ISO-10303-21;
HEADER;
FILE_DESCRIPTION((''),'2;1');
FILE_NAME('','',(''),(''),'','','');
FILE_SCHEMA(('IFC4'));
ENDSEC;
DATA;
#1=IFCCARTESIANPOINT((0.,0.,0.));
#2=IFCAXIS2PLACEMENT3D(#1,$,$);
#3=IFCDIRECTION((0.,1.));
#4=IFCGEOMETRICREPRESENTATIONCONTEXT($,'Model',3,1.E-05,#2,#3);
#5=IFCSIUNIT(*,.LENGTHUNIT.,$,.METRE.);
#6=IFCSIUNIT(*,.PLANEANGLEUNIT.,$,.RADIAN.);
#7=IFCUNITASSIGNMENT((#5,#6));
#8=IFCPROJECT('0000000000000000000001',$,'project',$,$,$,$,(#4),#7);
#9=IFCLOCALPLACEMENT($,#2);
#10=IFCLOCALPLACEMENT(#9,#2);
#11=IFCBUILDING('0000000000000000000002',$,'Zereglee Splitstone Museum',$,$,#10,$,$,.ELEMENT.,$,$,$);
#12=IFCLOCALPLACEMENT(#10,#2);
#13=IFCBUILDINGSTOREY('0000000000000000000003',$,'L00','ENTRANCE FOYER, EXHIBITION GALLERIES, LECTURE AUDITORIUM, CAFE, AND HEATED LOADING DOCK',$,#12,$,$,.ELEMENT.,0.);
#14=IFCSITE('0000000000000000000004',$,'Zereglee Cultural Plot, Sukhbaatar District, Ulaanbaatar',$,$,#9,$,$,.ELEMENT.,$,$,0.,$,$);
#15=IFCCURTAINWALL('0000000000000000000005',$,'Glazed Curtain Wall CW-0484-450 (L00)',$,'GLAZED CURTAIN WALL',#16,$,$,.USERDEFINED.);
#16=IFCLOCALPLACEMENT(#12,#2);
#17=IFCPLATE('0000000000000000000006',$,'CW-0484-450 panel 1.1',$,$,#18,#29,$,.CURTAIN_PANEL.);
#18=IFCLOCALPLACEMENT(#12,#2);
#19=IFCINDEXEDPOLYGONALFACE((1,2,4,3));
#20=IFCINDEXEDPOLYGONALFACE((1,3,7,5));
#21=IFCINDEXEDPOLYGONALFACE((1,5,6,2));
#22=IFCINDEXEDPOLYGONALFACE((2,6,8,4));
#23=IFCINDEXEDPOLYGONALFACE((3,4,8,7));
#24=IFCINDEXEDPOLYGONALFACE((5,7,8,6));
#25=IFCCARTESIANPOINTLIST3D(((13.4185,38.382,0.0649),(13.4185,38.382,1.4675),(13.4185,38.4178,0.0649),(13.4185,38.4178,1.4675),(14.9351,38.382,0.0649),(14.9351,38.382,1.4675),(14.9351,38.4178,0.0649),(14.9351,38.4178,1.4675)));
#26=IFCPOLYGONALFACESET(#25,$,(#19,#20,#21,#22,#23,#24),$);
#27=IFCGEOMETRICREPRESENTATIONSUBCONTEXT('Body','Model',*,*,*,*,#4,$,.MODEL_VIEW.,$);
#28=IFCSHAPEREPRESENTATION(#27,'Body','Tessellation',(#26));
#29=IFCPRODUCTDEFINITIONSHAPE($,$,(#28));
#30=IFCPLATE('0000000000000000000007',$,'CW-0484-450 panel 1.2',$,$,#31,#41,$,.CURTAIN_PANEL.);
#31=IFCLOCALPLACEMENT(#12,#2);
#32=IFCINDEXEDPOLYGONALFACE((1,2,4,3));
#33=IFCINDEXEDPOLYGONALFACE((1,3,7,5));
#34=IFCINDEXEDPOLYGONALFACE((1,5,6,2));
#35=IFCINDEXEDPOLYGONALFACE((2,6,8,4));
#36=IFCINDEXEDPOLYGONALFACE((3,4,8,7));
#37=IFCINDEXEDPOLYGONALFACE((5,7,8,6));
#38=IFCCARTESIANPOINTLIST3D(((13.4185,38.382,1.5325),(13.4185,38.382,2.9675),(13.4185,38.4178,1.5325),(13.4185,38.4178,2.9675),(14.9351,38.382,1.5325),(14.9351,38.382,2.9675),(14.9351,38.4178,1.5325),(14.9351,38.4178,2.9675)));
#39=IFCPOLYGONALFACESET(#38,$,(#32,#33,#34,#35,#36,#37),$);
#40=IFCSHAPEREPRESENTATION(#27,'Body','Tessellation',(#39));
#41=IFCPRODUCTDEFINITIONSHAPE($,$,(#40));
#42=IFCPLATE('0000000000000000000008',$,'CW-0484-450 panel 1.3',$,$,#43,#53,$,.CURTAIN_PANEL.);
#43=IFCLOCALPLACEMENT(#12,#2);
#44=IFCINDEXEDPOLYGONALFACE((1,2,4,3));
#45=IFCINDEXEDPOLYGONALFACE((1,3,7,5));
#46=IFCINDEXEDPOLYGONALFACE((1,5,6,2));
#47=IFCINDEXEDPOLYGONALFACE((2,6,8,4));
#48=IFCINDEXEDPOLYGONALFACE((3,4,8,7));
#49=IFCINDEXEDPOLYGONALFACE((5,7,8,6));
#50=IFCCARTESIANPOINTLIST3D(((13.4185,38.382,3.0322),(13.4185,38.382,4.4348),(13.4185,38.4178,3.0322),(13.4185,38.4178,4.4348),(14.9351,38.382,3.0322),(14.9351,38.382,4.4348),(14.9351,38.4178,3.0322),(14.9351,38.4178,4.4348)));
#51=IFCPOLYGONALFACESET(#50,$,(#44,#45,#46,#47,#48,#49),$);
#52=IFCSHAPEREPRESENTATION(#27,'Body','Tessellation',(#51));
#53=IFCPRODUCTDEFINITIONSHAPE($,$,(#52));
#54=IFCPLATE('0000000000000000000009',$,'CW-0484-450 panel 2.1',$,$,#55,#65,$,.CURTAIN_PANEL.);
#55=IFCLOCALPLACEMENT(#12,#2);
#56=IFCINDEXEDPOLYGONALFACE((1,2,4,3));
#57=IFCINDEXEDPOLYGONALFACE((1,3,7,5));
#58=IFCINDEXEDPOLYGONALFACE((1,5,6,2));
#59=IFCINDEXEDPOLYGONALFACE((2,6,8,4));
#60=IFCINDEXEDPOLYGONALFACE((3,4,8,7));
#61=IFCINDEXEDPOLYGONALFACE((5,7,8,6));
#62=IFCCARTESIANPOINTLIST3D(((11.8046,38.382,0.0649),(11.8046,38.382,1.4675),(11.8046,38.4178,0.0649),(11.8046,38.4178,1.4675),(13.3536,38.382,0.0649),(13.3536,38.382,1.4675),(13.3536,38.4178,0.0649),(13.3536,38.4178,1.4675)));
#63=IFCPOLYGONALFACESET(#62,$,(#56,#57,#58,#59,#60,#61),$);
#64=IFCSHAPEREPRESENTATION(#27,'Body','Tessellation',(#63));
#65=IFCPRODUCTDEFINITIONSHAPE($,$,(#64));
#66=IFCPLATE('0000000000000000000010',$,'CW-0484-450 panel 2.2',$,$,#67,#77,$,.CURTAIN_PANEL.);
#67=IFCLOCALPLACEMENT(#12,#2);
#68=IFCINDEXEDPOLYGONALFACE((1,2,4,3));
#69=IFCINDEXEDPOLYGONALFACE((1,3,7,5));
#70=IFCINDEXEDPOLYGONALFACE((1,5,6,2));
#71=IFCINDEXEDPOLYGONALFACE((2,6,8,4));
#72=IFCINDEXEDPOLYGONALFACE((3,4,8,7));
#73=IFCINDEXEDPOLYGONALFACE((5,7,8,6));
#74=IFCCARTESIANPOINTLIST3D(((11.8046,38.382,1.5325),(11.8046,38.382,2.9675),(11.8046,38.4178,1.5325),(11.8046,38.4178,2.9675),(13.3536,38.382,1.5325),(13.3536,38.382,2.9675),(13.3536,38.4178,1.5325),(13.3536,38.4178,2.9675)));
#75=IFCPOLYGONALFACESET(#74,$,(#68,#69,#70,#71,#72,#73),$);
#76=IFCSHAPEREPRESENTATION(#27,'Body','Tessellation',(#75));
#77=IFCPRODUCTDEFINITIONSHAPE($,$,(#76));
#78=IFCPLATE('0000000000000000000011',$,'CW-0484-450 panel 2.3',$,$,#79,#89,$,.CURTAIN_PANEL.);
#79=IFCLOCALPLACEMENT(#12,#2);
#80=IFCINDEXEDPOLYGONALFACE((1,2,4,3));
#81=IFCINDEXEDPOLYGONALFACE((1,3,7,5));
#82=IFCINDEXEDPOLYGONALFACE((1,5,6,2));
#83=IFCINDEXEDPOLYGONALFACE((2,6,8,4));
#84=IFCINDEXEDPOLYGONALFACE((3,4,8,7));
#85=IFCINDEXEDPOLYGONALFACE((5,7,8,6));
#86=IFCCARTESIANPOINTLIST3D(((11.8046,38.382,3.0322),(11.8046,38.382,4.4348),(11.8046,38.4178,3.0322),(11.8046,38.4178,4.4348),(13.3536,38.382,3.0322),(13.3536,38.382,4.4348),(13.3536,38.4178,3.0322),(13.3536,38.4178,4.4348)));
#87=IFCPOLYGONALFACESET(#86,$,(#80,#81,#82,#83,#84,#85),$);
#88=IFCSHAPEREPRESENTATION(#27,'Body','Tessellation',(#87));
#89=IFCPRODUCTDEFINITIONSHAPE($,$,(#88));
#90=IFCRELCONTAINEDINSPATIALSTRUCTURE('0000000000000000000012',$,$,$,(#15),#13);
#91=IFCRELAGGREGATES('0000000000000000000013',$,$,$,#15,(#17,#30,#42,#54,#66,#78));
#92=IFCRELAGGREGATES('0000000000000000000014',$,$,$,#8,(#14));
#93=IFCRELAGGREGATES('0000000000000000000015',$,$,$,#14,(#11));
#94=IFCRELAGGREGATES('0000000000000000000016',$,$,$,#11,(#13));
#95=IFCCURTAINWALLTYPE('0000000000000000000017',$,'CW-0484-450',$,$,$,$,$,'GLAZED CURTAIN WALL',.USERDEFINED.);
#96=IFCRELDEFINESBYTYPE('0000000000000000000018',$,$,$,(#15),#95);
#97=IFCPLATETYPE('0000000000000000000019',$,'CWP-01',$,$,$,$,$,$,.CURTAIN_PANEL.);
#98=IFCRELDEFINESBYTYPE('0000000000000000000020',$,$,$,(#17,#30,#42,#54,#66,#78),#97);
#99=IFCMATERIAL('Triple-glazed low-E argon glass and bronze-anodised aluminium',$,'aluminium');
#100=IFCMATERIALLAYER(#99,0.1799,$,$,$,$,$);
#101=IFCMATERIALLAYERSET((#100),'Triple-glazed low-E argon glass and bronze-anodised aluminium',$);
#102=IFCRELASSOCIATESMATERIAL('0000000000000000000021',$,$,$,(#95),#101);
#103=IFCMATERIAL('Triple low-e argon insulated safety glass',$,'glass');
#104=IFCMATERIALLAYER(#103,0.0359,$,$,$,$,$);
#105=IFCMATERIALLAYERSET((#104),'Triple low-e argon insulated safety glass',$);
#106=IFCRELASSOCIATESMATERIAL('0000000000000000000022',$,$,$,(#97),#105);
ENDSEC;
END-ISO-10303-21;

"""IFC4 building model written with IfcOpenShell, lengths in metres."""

from ifc_helpers import new_model, si_unit, direction, frame, origin, origin_2d, place, context, subcontext, project, spatial, rectangle, extrude, material, layer, layer_set, type_object, element, aggregate, save


model = new_model("IFC4")

# Units and contexts
model_context = context("Model", 3, precision=1e-05, world=origin(), true_north=direction((0.0, 1.0)))
body_context = subcontext(model_context, "Body", "Model", "MODEL_VIEW")
ifc_project = project(units=[si_unit("LENGTHUNIT", "METRE"), si_unit("PLANEANGLEUNIT", "RADIAN")], contexts=[model_context])

# Site, building, storey
site_placement = place(None, origin())
site = spatial("IfcSite", under=ifc_project, at=site_placement, Name="Zereglee Cultural Plot, Sukhbaatar District, Ulaanbaatar", CompositionType="ELEMENT", RefElevation=0.0)
building_placement = place(site_placement, origin())
building = spatial("IfcBuilding", under=site, at=building_placement, Name="Zereglee Splitstone Museum", CompositionType="ELEMENT")
storey_placement = place(building_placement, origin())
storey = spatial("IfcBuildingStorey", under=building, at=storey_placement, Name="L00", Description="ENTRANCE FOYER, EXHIBITION GALLERIES, LECTURE AUDITORIUM, CAFE, AND HEATED LOADING DOCK", CompositionType="ELEMENT", Elevation=0.0)

# Curtain wall, plates
ifc_material_1 = material(Name="Triple-glazed low-E argon glass and bronze-anodised aluminium", Category="aluminium")
ifc_layer_1 = layer(ifc_material_1, 0.1799)
ifc_layer_set_1 = layer_set([ifc_layer_1], Name="Triple-glazed low-E argon glass and bronze-anodised aluminium")
curtain_wall_type = type_object("IfcCurtainWallType", Name="CW-0484-450", ElementType="GLAZED CURTAIN WALL", PredefinedType="USERDEFINED", material=ifc_layer_set_1)
curtain_wall_placement = place(storey_placement, origin())
curtain_wall = element("IfcCurtainWall", 1, at=curtain_wall_placement, inside=storey, type_object=curtain_wall_type, Name="Glazed Curtain Wall CW-0484-450 (L00)", ObjectType="GLAZED CURTAIN WALL", PredefinedType="USERDEFINED")
ifc_material_2 = material(Name="Triple low-e argon insulated safety glass", Category="glass")
ifc_layer_2 = layer(ifc_material_2, 0.0359)
ifc_layer_set_2 = layer_set([ifc_layer_2], Name="Triple low-e argon insulated safety glass")
plate_type = type_object("IfcPlateType", Name="CWP-01", PredefinedType="CURTAIN_PANEL", material=ifc_layer_set_2)
plate_1_placement = place(storey_placement, frame((14.1768, 38.3999, 0.0649), z_axis=(0.0, 0.0, 1.0), x_axis=(-1.0, 0.0, 0.0)))
plate_1 = element("IfcPlate", 2, at=plate_1_placement, type_object=plate_type, Name="CW-0484-450 panel 1.1", PredefinedType="CURTAIN_PANEL", context=body_context, shape_type="SweptSolid", body=[
    extrude(rectangle(XDim=1.5166, YDim=0.0359, at=origin_2d()), origin(), (0.0, 0.0, 1.0), 1.4026),
])
plate_2_placement = place(storey_placement, frame((14.1768, 38.3999, 1.5325), z_axis=(0.0, 0.0, 1.0), x_axis=(-1.0, 0.0, 0.0)))
plate_2 = element("IfcPlate", 3, at=plate_2_placement, type_object=plate_type, Name="CW-0484-450 panel 1.2", PredefinedType="CURTAIN_PANEL", context=body_context, shape_type="SweptSolid", body=[
    extrude(rectangle(XDim=1.5166, YDim=0.0359, at=origin_2d()), origin(), (0.0, 0.0, 1.0), 1.4351),
])
plate_3_placement = place(storey_placement, frame((14.1768, 38.3999, 3.0322), z_axis=(0.0, 0.0, 1.0), x_axis=(-1.0, 0.0, 0.0)))
plate_3 = element("IfcPlate", 4, at=plate_3_placement, type_object=plate_type, Name="CW-0484-450 panel 1.3", PredefinedType="CURTAIN_PANEL", context=body_context, shape_type="SweptSolid", body=[
    extrude(rectangle(XDim=1.5166, YDim=0.0359, at=origin_2d()), origin(), (0.0, 0.0, 1.0), 1.4026),
])
plate_4_placement = place(storey_placement, frame((12.5791, 38.3999, 0.0649), z_axis=(0.0, 0.0, 1.0), x_axis=(-1.0, 0.0, 0.0)))
plate_4 = element("IfcPlate", 5, at=plate_4_placement, type_object=plate_type, Name="CW-0484-450 panel 2.1", PredefinedType="CURTAIN_PANEL", context=body_context, shape_type="SweptSolid", body=[
    extrude(rectangle(XDim=1.5491, YDim=0.0359, at=origin_2d()), origin(), (0.0, 0.0, 1.0), 1.4026),
])
plate_5_placement = place(storey_placement, frame((12.5791, 38.3999, 1.5325), z_axis=(0.0, 0.0, 1.0), x_axis=(-1.0, 0.0, 0.0)))
plate_5 = element("IfcPlate", 6, at=plate_5_placement, type_object=plate_type, Name="CW-0484-450 panel 2.2", PredefinedType="CURTAIN_PANEL", context=body_context, shape_type="SweptSolid", body=[
    extrude(rectangle(XDim=1.5491, YDim=0.0359, at=origin_2d()), origin(), (0.0, 0.0, 1.0), 1.4351),
])
plate_6_placement = place(storey_placement, frame((12.5791, 38.3999, 3.0322), z_axis=(0.0, 0.0, 1.0), x_axis=(-1.0, 0.0, 0.0)))
plate_6 = element("IfcPlate", 7, at=plate_6_placement, type_object=plate_type, Name="CW-0484-450 panel 2.3", PredefinedType="CURTAIN_PANEL", context=body_context, shape_type="SweptSolid", body=[
    extrude(rectangle(XDim=1.5491, YDim=0.0359, at=origin_2d()), origin(), (0.0, 0.0, 1.0), 1.4026),
])
aggregate(curtain_wall, [plate_1, plate_2, plate_3, plate_4, plate_5, plate_6])

save(model, "model.ifc")
